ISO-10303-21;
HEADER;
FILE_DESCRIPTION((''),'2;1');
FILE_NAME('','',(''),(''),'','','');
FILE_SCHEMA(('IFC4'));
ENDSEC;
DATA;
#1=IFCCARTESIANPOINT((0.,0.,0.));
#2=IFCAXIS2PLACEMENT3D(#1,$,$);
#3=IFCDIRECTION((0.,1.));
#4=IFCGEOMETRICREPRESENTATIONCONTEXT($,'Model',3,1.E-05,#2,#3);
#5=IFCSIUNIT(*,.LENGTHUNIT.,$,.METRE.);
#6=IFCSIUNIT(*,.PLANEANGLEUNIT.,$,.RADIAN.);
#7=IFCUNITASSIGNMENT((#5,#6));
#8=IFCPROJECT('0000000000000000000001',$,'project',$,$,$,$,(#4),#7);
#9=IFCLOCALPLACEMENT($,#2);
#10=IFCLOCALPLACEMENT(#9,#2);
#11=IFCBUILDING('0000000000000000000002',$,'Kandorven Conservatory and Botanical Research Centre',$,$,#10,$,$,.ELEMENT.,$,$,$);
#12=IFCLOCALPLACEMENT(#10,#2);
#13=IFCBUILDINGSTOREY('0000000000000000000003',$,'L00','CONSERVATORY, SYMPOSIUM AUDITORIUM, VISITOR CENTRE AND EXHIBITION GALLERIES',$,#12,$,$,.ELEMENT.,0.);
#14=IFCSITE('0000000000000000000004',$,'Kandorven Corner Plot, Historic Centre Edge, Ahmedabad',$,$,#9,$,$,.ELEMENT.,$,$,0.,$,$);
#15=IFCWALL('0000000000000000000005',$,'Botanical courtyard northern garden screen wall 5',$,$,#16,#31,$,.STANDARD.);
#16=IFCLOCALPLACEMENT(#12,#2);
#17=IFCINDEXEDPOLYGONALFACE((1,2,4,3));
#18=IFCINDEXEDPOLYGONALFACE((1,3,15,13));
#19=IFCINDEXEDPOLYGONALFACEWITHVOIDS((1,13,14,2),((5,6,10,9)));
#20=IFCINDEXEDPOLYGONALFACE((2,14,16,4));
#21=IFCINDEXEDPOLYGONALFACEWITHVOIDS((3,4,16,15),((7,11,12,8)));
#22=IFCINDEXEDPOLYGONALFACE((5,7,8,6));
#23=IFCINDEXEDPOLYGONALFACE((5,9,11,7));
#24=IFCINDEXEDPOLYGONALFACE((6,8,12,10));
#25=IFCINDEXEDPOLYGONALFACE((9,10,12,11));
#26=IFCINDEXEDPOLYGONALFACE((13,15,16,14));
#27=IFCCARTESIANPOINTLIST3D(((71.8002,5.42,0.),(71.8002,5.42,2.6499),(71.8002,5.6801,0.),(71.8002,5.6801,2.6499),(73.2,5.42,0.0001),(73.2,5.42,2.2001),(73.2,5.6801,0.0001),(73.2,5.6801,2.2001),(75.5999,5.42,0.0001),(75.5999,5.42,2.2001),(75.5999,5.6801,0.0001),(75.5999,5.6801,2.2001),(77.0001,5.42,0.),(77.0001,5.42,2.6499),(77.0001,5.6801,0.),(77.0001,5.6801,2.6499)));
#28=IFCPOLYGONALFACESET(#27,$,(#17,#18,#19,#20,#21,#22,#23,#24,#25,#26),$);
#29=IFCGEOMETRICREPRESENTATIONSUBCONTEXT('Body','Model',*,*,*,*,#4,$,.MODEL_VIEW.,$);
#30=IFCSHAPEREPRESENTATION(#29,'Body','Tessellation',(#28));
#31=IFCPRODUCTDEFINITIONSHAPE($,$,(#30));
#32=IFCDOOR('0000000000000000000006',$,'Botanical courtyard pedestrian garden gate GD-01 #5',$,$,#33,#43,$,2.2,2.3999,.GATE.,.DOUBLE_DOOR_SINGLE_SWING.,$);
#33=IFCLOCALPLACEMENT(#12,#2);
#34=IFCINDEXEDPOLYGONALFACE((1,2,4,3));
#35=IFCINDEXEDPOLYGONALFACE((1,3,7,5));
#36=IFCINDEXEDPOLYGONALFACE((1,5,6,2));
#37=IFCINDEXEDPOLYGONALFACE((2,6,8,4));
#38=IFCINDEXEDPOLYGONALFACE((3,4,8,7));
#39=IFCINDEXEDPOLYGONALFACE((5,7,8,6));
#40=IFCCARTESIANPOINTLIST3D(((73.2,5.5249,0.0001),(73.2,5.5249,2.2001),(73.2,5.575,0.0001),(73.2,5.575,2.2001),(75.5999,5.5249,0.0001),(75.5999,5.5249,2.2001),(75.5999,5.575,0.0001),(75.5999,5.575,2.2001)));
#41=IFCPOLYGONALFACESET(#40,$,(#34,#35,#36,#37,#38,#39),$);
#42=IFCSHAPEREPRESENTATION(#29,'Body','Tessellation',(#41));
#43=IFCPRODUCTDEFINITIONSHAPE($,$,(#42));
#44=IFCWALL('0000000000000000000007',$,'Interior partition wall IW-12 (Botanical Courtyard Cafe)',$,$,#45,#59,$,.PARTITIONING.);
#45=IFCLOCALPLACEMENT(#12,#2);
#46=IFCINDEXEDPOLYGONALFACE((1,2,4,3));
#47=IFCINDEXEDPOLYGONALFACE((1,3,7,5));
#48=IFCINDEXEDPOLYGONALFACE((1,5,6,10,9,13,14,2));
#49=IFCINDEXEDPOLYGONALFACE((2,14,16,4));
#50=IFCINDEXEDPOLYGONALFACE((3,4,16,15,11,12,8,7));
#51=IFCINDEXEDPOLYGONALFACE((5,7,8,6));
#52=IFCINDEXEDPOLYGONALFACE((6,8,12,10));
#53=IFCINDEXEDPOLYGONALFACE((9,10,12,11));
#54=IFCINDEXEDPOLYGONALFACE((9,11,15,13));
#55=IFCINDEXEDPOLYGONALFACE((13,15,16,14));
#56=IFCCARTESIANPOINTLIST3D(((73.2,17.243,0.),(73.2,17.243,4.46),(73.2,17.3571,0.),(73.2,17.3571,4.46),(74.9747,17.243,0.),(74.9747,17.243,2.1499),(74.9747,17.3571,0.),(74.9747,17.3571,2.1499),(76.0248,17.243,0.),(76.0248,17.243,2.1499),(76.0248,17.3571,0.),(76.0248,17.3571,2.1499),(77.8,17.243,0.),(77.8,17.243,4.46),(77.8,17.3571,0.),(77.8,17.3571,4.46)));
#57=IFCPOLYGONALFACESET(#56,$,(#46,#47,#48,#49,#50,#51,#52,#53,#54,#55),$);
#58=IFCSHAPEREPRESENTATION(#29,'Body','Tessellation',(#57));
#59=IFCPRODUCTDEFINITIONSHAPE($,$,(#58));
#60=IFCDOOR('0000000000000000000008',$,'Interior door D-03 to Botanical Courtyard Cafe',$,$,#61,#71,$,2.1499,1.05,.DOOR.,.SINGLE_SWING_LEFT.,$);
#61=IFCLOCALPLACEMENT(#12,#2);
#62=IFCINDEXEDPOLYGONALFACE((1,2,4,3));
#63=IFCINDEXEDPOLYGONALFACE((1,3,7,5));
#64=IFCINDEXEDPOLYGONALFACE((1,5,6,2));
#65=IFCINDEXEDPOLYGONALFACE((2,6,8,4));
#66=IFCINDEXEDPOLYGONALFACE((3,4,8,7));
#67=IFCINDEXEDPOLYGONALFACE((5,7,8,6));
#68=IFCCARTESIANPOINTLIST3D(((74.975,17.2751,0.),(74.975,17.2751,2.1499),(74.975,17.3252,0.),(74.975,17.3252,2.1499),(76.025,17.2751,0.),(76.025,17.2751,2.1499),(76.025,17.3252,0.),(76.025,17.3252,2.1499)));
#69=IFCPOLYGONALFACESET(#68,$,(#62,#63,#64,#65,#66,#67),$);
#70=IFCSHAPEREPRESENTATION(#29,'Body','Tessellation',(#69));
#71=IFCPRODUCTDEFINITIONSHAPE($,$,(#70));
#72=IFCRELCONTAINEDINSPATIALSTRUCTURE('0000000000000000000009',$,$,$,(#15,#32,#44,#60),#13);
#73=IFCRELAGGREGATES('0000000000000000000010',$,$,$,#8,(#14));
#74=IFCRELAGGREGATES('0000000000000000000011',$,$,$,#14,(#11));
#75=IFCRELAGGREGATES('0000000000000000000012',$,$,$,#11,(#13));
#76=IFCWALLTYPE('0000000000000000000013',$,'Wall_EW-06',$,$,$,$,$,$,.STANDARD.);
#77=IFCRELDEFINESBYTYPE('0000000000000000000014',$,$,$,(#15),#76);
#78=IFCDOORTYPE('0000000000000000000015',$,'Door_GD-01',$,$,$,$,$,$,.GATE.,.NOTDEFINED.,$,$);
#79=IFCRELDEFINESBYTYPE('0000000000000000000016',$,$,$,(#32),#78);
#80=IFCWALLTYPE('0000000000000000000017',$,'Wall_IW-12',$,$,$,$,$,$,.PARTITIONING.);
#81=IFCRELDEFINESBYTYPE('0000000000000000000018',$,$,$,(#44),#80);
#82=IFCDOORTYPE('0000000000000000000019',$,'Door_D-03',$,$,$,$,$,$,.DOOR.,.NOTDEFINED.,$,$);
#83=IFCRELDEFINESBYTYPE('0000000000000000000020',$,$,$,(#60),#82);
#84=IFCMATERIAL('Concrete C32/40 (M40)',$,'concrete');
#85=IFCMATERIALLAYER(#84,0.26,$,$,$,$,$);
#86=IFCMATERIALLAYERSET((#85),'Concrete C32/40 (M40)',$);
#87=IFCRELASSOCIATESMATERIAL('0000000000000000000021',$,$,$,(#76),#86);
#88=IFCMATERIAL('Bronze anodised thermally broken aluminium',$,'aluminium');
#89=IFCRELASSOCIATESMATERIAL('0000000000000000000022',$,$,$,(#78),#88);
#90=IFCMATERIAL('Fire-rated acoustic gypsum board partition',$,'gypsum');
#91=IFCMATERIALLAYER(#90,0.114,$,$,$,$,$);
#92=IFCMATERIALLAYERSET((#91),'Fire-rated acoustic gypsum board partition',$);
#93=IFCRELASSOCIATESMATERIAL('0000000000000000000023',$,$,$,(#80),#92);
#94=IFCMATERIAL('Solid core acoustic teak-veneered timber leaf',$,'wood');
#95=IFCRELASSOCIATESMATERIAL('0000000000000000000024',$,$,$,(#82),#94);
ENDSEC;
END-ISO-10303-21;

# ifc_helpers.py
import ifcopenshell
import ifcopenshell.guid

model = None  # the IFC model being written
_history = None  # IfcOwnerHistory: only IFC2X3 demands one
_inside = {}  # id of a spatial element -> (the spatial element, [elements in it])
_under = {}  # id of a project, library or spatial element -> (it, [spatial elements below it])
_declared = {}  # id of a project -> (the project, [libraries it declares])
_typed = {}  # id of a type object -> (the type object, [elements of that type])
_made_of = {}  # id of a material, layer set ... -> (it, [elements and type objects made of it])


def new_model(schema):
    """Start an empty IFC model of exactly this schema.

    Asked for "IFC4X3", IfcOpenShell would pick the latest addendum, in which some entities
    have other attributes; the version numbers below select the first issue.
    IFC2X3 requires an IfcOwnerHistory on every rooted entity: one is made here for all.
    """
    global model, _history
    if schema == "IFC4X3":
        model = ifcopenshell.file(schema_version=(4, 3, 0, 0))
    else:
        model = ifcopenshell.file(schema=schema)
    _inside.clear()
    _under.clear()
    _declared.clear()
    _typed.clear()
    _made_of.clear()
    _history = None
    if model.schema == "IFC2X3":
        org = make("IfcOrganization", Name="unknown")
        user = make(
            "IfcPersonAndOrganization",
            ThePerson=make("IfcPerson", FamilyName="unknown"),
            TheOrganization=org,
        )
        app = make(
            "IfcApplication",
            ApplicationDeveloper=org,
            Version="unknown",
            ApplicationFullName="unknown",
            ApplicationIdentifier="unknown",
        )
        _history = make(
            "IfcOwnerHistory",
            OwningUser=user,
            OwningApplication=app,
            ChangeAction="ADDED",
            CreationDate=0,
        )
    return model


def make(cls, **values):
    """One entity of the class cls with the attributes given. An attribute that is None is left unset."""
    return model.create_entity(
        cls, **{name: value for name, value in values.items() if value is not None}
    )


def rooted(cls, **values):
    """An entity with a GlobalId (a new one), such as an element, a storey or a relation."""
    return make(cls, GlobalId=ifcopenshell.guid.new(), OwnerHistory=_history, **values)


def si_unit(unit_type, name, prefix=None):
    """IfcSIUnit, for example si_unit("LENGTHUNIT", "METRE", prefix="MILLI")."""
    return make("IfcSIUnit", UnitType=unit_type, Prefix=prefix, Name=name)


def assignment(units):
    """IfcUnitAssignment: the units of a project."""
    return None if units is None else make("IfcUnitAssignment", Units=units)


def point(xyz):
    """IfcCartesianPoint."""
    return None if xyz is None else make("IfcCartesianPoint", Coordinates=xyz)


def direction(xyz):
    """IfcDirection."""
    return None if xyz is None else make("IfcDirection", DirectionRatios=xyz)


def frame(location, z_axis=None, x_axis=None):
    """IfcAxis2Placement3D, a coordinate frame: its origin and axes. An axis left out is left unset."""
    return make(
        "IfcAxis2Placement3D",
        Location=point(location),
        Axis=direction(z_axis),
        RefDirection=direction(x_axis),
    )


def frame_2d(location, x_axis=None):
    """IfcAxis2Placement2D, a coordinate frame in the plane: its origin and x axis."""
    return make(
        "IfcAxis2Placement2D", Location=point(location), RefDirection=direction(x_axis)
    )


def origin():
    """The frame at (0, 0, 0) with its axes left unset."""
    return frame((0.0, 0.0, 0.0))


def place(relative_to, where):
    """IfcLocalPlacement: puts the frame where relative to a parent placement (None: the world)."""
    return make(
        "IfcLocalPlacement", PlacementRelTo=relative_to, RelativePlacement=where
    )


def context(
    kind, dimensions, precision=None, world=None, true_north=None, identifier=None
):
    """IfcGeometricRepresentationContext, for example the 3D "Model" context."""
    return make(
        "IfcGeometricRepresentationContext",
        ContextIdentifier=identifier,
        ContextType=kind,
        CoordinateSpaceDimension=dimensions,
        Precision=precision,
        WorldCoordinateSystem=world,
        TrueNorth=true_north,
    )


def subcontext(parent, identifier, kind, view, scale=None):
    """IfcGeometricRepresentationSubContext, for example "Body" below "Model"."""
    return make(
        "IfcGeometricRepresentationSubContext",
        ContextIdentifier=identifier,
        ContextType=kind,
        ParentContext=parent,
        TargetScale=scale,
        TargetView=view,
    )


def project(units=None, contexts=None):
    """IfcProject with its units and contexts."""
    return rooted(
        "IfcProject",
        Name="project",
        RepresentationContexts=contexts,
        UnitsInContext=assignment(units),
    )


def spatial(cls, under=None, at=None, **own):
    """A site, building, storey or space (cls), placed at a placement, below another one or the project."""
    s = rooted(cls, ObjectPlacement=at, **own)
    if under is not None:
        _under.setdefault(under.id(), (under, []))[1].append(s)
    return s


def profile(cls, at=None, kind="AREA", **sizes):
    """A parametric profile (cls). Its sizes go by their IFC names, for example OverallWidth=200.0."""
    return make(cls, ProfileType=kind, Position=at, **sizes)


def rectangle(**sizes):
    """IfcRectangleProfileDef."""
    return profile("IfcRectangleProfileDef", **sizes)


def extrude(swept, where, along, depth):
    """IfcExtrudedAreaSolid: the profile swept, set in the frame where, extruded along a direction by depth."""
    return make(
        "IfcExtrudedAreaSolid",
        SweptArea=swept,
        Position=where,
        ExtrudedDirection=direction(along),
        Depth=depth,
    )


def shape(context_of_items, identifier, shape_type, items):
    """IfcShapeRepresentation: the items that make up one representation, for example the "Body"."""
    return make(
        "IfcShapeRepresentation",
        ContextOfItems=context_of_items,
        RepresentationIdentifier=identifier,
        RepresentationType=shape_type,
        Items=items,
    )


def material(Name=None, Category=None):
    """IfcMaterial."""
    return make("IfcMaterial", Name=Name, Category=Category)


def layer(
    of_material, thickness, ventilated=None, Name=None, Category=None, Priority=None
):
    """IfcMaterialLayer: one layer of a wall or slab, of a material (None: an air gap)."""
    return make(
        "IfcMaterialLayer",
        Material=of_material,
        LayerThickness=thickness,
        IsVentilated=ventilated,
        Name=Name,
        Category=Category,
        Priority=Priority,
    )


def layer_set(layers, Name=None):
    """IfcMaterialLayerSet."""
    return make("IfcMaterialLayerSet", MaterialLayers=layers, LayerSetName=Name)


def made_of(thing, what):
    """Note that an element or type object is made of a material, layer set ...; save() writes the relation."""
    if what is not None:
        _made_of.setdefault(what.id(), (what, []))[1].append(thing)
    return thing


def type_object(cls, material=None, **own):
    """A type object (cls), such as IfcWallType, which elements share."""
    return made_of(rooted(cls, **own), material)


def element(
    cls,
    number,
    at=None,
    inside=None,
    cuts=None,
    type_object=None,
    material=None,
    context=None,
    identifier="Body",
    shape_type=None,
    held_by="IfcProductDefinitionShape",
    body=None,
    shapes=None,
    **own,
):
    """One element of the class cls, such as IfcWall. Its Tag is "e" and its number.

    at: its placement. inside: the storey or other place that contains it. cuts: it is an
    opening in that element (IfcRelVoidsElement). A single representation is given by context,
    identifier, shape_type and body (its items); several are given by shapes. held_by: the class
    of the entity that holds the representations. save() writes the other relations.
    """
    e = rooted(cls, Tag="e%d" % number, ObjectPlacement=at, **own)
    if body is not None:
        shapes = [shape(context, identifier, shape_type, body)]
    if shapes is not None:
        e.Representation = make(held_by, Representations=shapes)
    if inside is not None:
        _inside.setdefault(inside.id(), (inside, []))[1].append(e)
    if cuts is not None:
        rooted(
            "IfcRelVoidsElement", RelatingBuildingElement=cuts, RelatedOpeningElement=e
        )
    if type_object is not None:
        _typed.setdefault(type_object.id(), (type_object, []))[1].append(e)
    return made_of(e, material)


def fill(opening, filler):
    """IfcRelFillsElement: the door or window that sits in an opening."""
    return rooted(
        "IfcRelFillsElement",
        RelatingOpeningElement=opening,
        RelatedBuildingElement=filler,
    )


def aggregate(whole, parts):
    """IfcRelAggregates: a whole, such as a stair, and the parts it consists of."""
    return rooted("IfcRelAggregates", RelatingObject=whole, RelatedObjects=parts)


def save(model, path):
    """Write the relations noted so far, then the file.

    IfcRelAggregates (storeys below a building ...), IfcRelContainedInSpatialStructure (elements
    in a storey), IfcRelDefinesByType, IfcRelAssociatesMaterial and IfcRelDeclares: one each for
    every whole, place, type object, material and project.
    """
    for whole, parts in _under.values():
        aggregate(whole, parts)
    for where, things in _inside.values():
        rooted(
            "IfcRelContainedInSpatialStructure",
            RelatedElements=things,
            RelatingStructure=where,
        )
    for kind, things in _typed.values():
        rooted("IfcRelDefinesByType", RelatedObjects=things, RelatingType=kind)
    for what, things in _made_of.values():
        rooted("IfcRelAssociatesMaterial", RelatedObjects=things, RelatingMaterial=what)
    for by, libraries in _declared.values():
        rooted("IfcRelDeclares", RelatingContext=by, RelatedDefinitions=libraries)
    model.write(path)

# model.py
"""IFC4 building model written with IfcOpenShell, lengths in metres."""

from ifc_helpers import new_model, si_unit, direction, frame, frame_2d, origin, place, context, subcontext, project, spatial, rectangle, extrude, material, layer, layer_set, type_object, element, fill, save


model = new_model("IFC4")

# Units and contexts
model_context = context("Model", 3, precision=1e-05, world=origin(), true_north=direction((0.0, 1.0)))
body_context = subcontext(model_context, "Body", "Model", "MODEL_VIEW")
ifc_project = project(units=[si_unit("LENGTHUNIT", "METRE"), si_unit("PLANEANGLEUNIT", "RADIAN")], contexts=[model_context])

# Site, building, storey
site_placement = place(None, origin())
site = spatial("IfcSite", under=ifc_project, at=site_placement, Name="Kandorven Corner Plot, Historic Centre Edge, Ahmedabad", CompositionType="ELEMENT", RefElevation=0.0)
building_placement = place(site_placement, origin())
building = spatial("IfcBuilding", under=site, at=building_placement, Name="Kandorven Conservatory and Botanical Research Centre", CompositionType="ELEMENT")
storey_placement = place(building_placement, origin())
storey = spatial("IfcBuildingStorey", under=building, at=storey_placement, Name="L00", Description="CONSERVATORY, SYMPOSIUM AUDITORIUM, VISITOR CENTRE AND EXHIBITION GALLERIES", CompositionType="ELEMENT", Elevation=0.0)

# Walls, openings, doors
ifc_material_1 = material(Name="Concrete C32/40 (M40)", Category="concrete")
ifc_layer_1 = layer(ifc_material_1, 0.26)
ifc_layer_set_1 = layer_set([ifc_layer_1], Name="Concrete C32/40 (M40)")
wall_type_1 = type_object("IfcWallType", Name="Wall_EW-06", PredefinedType="STANDARD", material=ifc_layer_set_1)
wall_1_placement = place(storey_placement, frame((71.8, 5.55, 0.0), z_axis=(0.0, 0.0, 1.0), x_axis=(1.0, 0.0, 0.0)))
wall_1 = element("IfcWall", 1, at=wall_1_placement, inside=storey, type_object=wall_type_1, Name="Botanical courtyard northern garden screen wall 5", PredefinedType="STANDARD", context=body_context, shape_type="SweptSolid", body=[
    extrude(rectangle(XDim=5.2, YDim=0.26, at=frame_2d((2.6001, 0.0))), origin(), (0.0, 0.0, 1.0), 2.6499),
])
opening_1_placement = place(wall_1_placement, frame((1.3999, 0.0, 0.0)))
opening_1 = element("IfcOpeningElement", 2, at=opening_1_placement, cuts=wall_1, PredefinedType="OPENING", context=body_context, shape_type="SweptSolid", body=[
    extrude(rectangle(XDim=2.3999, YDim=2.2, at=frame_2d((1.2, 1.1001))), frame((0.0, 0.1399, 0.0), z_axis=(0.0, -1.0, 0.0), x_axis=(1.0, 0.0, 0.0)), (0.0, 0.0, 1.0), 0.28),
])
ifc_material_2 = material(Name="Bronze anodised thermally broken aluminium", Category="aluminium")
door_type_1 = type_object("IfcDoorType", Name="Door_GD-01", OperationType="NOTDEFINED", PredefinedType="GATE", material=ifc_material_2)
door_1_placement = place(opening_1_placement, origin())
door_1 = element("IfcDoor", 3, at=door_1_placement, inside=storey, type_object=door_type_1, Name="Botanical courtyard pedestrian garden gate GD-01 #5", OperationType="DOUBLE_DOOR_SINGLE_SWING", OverallHeight=2.2, OverallWidth=2.3999, PredefinedType="GATE", context=body_context, shape_type="SweptSolid", body=[
    extrude(rectangle(XDim=2.3999, YDim=2.2, at=frame_2d((1.2, 1.1001))), frame((0.0, 0.0249, 0.0), z_axis=(0.0, -1.0, 0.0), x_axis=(1.0, 0.0, 0.0)), (0.0, 0.0, 1.0), 0.05),
])
fill(opening_1, door_1)
ifc_material_3 = material(Name="Fire-rated acoustic gypsum board partition", Category="gypsum")
ifc_layer_2 = layer(ifc_material_3, 0.114)
ifc_layer_set_2 = layer_set([ifc_layer_2], Name="Fire-rated acoustic gypsum board partition")
wall_type_2 = type_object("IfcWallType", Name="Wall_IW-12", PredefinedType="PARTITIONING", material=ifc_layer_set_2)
wall_2_placement = place(storey_placement, frame((73.2, 17.3, 0.0), z_axis=(0.0, 0.0, 1.0), x_axis=(1.0, 0.0, 0.0)))
wall_2 = element("IfcWall", 4, at=wall_2_placement, inside=storey, type_object=wall_type_2, Name="Interior partition wall IW-12 (Botanical Courtyard Cafe)", PredefinedType="PARTITIONING", context=body_context, shape_type="SweptSolid", body=[
    extrude(rectangle(XDim=4.6001, YDim=0.114, at=frame_2d((2.3, 0.0))), origin(), (0.0, 0.0, 1.0), 4.46),
])
opening_2_placement = place(wall_2_placement, frame((1.7749, 0.0, 0.0)))
opening_2 = element("IfcOpeningElement", 5, at=opening_2_placement, cuts=wall_2, PredefinedType="OPENING", context=body_context, shape_type="SweptSolid", body=[
    extrude(rectangle(XDim=1.05, YDim=2.1499, at=frame_2d((0.5249, 1.075))), frame((0.0, 0.0669, 0.0), z_axis=(0.0, -1.0, 0.0), x_axis=(1.0, 0.0, 0.0)), (0.0, 0.0, 1.0), 0.134),
])
ifc_material_4 = material(Name="Solid core acoustic teak-veneered timber leaf", Category="wood")
door_type_2 = type_object("IfcDoorType", Name="Door_D-03", OperationType="NOTDEFINED", PredefinedType="DOOR", material=ifc_material_4)
door_2_placement = place(opening_2_placement, frame((1.05, 0.0, 0.0), z_axis=(0.0, 0.0, 1.0), x_axis=(-1.0, 0.0, 0.0)))
door_2 = element("IfcDoor", 6, at=door_2_placement, inside=storey, type_object=door_type_2, Name="Interior door D-03 to Botanical Courtyard Cafe", OperationType="SINGLE_SWING_LEFT", OverallHeight=2.1499, OverallWidth=1.05, PredefinedType="DOOR", context=body_context, shape_type="SweptSolid", body=[
    extrude(rectangle(XDim=1.05, YDim=2.1499, at=frame_2d((0.5249, 1.075))), frame((0.0, 0.0249, 0.0), z_axis=(0.0, -1.0, 0.0), x_axis=(1.0, 0.0, 0.0)), (0.0, 0.0, 1.0), 0.05),
])
fill(opening_2, door_2)

save(model, "model.ifc")
